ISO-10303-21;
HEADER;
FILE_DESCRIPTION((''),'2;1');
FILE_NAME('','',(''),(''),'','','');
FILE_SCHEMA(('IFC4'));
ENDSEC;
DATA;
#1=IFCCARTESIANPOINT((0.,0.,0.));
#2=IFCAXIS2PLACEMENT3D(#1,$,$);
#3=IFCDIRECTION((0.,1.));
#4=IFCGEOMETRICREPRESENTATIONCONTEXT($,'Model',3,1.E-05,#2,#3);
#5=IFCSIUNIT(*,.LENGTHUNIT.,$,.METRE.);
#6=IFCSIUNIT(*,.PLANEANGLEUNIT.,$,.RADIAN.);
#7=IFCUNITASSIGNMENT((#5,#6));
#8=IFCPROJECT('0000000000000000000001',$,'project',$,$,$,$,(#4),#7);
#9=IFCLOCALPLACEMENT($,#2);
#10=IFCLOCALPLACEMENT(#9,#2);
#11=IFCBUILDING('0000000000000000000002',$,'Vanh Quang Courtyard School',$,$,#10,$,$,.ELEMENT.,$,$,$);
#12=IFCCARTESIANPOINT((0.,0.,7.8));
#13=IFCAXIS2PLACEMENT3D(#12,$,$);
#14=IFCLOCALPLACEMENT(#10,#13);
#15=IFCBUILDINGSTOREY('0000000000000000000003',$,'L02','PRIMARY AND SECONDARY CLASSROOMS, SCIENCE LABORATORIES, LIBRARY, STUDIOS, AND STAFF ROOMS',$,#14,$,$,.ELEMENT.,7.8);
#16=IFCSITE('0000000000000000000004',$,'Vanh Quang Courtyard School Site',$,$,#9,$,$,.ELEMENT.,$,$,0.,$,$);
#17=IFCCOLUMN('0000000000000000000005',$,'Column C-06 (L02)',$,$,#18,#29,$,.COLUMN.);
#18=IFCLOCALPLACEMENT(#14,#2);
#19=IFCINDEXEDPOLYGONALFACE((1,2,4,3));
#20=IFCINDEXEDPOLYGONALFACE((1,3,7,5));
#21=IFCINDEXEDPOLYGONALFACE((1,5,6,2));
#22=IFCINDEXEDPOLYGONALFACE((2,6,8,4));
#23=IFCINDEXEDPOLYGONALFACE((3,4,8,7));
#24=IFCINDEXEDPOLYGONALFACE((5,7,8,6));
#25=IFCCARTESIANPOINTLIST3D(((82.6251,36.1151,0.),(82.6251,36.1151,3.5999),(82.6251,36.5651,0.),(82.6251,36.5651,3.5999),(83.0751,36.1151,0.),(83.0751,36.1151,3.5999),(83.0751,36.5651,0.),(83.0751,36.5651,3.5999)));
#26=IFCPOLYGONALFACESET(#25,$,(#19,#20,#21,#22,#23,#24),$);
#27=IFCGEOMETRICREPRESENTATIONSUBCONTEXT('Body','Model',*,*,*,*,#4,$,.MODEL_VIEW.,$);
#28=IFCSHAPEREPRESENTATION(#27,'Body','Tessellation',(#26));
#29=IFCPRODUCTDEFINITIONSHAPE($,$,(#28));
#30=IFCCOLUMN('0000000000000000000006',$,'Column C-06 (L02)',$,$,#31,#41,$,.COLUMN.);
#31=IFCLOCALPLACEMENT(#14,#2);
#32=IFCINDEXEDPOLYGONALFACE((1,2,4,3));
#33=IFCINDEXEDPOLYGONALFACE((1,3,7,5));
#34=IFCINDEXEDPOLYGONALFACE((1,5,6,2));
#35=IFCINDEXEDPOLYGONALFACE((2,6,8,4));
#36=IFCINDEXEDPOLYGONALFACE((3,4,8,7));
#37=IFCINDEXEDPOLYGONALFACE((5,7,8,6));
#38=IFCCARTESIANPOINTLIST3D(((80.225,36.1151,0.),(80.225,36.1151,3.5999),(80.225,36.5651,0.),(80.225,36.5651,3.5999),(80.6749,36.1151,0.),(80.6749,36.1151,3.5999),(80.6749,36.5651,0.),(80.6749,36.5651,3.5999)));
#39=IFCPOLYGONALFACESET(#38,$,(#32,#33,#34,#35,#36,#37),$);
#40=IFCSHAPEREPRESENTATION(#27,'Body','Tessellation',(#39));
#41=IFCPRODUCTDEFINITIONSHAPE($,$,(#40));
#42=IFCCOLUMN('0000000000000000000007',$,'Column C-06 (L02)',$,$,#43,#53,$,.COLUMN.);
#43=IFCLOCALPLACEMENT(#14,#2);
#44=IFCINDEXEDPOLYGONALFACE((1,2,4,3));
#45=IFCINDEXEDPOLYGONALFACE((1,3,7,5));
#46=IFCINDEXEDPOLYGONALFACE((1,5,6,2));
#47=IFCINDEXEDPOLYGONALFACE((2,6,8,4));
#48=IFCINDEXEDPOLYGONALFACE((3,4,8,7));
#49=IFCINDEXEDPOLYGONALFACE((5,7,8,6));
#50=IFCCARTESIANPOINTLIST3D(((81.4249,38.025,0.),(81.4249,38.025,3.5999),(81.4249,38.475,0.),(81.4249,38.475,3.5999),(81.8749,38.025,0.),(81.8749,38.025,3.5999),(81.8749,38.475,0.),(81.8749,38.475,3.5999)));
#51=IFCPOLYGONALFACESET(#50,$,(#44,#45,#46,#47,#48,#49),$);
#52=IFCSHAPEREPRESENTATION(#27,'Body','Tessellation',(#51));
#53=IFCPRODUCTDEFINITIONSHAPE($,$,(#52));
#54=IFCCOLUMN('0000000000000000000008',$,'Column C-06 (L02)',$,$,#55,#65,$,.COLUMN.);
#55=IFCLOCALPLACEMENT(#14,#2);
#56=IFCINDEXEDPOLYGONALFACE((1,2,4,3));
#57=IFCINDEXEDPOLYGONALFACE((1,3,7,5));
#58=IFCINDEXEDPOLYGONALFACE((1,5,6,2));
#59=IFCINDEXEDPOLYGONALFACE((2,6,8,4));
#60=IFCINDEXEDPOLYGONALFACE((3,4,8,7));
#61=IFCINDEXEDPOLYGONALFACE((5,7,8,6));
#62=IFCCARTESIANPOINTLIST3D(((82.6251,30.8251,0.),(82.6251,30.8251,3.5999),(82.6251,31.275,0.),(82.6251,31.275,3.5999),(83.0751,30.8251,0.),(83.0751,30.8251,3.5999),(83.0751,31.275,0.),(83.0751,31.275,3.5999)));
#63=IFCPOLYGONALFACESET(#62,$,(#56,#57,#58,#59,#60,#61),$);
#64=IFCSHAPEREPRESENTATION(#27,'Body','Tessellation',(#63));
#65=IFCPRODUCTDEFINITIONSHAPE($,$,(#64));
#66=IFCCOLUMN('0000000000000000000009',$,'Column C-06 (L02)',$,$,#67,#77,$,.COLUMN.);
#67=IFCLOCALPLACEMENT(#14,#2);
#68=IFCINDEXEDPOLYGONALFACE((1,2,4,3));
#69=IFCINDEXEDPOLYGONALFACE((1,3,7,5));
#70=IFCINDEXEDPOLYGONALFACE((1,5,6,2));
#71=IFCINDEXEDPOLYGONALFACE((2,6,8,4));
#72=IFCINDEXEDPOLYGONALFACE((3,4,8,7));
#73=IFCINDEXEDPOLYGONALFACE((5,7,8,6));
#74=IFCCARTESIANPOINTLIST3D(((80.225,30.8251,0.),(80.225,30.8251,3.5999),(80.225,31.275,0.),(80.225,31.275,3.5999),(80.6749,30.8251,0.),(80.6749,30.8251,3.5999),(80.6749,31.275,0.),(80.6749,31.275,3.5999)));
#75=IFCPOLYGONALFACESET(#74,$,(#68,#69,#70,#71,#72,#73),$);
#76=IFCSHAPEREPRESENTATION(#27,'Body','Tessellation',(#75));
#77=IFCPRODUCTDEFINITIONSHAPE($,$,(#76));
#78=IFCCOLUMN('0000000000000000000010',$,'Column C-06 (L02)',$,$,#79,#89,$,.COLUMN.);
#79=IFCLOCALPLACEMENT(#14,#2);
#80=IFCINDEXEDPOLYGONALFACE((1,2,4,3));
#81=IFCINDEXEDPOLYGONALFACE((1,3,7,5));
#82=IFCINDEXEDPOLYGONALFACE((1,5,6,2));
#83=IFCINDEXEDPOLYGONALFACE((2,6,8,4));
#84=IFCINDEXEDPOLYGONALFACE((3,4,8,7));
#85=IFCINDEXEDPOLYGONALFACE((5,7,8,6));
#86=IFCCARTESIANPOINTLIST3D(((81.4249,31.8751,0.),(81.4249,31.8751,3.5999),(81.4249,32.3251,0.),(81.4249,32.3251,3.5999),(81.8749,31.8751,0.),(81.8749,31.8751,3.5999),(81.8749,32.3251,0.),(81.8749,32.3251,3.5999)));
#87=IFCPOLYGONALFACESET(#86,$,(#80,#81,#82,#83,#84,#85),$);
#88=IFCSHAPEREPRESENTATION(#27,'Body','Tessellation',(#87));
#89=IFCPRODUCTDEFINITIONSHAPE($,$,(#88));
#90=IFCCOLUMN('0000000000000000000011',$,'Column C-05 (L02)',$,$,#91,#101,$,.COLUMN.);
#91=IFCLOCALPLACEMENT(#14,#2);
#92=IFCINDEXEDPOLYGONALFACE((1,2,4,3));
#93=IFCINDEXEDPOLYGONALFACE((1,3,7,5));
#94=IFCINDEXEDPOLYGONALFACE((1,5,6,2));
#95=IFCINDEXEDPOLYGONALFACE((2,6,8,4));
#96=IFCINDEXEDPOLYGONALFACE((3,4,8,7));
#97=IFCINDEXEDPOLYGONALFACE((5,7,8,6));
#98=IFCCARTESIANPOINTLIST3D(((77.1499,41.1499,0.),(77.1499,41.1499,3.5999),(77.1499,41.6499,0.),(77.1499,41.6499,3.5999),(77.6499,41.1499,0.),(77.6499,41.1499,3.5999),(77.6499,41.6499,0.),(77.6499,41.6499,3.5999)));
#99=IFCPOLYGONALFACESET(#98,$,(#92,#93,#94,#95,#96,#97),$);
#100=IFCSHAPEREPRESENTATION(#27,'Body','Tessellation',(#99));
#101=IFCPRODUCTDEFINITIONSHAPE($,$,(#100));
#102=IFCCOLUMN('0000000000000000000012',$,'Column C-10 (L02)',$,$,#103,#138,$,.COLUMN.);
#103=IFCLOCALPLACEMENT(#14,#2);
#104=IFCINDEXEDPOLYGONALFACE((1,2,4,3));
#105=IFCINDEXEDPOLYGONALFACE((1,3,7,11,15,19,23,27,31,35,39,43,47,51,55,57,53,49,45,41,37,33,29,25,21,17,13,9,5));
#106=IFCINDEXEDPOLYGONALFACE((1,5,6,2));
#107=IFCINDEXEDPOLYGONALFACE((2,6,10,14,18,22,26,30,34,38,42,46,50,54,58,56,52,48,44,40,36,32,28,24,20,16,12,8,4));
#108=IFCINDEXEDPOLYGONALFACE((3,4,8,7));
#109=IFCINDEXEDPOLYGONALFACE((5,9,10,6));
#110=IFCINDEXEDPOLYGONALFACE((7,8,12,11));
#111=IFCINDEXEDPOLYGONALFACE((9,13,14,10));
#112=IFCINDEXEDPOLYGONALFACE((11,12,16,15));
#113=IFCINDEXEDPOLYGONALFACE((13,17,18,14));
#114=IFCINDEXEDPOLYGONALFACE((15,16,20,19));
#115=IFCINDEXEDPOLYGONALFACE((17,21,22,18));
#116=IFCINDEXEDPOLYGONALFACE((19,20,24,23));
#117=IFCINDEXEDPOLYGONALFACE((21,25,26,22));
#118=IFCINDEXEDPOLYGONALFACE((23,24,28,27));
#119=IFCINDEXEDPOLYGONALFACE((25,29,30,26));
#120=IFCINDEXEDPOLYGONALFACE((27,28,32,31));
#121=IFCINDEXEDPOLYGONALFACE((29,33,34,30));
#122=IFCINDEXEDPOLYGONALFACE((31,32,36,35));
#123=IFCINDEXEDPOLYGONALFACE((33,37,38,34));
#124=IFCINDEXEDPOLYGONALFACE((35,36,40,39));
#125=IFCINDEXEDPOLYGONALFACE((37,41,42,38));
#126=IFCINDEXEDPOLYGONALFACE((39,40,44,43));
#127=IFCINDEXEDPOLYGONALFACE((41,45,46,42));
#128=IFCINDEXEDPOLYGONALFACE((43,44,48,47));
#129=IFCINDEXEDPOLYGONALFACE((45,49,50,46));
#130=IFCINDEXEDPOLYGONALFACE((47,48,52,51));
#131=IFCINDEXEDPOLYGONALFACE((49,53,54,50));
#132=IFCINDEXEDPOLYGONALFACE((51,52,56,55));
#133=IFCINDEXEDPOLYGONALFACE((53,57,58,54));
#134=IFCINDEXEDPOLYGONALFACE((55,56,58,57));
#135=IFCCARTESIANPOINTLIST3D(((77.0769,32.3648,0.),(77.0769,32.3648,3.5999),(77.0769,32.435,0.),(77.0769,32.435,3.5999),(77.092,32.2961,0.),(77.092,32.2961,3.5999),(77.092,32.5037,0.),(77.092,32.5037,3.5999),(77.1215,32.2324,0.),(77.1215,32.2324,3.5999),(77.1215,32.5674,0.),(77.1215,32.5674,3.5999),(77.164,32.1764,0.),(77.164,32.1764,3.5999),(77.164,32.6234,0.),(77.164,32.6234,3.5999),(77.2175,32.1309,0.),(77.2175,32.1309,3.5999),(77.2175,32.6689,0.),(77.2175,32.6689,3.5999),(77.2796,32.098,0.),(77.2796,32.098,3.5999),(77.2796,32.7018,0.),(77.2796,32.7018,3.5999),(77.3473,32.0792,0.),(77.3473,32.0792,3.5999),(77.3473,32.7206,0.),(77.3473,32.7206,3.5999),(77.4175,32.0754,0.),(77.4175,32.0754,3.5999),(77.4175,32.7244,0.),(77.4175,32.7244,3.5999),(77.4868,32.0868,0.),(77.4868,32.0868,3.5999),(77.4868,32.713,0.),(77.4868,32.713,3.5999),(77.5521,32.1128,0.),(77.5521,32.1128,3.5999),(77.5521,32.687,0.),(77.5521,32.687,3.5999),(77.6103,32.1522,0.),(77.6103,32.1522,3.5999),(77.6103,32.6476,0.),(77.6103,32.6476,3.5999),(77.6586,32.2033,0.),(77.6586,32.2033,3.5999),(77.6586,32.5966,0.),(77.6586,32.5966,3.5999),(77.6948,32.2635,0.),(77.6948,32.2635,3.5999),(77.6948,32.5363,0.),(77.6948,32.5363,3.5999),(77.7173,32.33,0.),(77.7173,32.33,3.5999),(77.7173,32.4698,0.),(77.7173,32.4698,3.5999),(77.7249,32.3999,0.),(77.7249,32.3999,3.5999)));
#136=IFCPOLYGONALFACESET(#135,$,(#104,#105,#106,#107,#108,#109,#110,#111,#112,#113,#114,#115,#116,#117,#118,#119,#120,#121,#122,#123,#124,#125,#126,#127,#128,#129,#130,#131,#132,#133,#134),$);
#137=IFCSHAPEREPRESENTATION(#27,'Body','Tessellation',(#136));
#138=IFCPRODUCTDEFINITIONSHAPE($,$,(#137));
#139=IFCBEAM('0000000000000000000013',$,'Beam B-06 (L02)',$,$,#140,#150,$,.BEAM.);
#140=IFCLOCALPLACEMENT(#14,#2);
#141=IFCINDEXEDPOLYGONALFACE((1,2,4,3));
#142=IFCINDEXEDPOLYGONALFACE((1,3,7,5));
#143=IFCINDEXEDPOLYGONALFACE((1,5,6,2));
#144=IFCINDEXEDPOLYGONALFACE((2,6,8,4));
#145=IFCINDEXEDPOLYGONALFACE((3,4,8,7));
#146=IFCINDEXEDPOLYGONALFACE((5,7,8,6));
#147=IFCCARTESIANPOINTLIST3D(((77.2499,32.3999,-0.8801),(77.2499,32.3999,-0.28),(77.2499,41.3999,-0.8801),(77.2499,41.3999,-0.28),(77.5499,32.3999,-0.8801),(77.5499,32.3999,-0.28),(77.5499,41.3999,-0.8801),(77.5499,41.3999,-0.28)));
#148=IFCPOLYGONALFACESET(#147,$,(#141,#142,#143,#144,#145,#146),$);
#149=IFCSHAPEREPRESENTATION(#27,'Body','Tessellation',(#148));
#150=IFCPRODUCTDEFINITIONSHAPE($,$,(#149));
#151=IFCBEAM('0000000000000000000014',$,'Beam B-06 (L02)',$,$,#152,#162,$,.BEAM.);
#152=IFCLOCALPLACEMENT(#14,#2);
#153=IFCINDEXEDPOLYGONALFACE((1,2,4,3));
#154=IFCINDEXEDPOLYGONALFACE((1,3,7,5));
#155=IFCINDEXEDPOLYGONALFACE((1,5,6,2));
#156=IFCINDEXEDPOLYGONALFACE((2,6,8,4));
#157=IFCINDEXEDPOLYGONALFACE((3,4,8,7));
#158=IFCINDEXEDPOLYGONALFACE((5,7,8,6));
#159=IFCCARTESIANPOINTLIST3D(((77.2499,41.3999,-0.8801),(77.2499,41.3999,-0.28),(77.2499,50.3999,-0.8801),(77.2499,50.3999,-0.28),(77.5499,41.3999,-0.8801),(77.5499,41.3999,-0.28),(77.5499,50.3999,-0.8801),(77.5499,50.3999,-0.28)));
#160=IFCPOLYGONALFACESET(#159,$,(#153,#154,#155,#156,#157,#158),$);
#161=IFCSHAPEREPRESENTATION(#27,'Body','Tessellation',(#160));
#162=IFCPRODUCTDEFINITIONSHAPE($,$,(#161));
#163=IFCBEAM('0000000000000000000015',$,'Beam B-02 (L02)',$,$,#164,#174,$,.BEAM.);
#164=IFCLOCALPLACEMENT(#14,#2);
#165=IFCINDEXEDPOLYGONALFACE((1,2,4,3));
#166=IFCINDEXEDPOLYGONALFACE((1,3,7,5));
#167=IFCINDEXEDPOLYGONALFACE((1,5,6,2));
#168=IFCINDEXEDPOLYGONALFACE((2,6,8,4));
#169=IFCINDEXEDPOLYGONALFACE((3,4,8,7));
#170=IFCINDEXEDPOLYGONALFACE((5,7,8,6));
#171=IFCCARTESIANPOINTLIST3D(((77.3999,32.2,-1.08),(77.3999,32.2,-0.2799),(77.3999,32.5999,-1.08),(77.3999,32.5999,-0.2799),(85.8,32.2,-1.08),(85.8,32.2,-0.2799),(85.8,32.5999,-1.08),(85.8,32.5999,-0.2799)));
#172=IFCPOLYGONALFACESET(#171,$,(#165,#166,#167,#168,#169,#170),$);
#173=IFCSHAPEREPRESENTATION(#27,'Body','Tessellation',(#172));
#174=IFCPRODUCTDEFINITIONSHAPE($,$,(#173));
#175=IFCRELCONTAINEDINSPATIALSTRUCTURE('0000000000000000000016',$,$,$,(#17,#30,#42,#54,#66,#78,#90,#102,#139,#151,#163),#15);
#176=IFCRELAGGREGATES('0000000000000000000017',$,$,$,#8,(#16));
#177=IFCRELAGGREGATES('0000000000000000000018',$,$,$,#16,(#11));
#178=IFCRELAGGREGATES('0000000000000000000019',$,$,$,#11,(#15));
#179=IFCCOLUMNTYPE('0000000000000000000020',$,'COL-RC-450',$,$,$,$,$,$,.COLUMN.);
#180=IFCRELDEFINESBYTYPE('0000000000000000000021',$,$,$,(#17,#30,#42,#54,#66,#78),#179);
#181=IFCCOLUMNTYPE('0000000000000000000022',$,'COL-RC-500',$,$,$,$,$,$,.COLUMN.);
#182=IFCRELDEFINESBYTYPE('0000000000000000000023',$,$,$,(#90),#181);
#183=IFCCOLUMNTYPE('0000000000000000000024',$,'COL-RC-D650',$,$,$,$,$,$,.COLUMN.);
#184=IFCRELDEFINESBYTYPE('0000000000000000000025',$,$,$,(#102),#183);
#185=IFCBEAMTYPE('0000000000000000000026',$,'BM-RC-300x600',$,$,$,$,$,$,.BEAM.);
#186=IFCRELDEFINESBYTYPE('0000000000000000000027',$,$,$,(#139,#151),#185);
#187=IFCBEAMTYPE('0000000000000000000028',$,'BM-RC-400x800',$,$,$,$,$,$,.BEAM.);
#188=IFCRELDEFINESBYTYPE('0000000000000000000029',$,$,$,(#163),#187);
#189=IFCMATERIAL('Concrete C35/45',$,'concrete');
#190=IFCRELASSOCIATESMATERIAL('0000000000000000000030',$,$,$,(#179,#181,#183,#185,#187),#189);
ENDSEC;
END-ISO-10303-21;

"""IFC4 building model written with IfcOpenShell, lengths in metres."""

from ifc_helpers import new_model, si_unit, direction, frame, origin, origin_2d, place, context, subcontext, project, spatial, rectangle, circle, extrude, material, material_profile, profile_set, type_object, element, save


model = new_model("IFC4")

# Units and contexts
model_context = context("Model", 3, precision=1e-05, world=origin(), true_north=direction((0.0, 1.0)))
body_context = subcontext(model_context, "Body", "Model", "MODEL_VIEW")
ifc_project = project(units=[si_unit("LENGTHUNIT", "METRE"), si_unit("PLANEANGLEUNIT", "RADIAN")], contexts=[model_context])

# Site, building, storey
site_placement = place(None, origin())
site = spatial("IfcSite", under=ifc_project, at=site_placement, Name="Vanh Quang Courtyard School Site", CompositionType="ELEMENT", RefElevation=0.0)
building_placement = place(site_placement, origin())
building = spatial("IfcBuilding", under=site, at=building_placement, Name="Vanh Quang Courtyard School", CompositionType="ELEMENT")
storey_placement = place(building_placement, frame((0.0, 0.0, 7.8)))
storey = spatial("IfcBuildingStorey", under=building, at=storey_placement, Name="L02", Description="PRIMARY AND SECONDARY CLASSROOMS, SCIENCE LABORATORIES, LIBRARY, STUDIOS, AND STAFF ROOMS", CompositionType="ELEMENT", Elevation=7.8)

# Columns
ifc_material_1 = material(Name="Concrete C35/45", Category="concrete")
ifc_material_profile_1 = material_profile(ifc_material_1, rectangle(XDim=0.45, YDim=0.45, at=origin_2d()), Name="RC-COL 450x450")
ifc_profile_set_1 = profile_set([ifc_material_profile_1], Name="Concrete C35/45")
column_type_1 = type_object("IfcColumnType", Name="COL-RC-450", PredefinedType="COLUMN", material=ifc_profile_set_1)
for number, where, z_axis, x_axis, name in (
    (1, (82.8501, 36.3401, 0.0), (0.0, 0.0, 1.0), (1.0, 0.0, 0.0), "Column C-06 (L02)"),
    (2, (80.45, 36.3401, 0.0), (0.0, 0.0, 1.0), (1.0, 0.0, 0.0), "Column C-06 (L02)"),
    (3, (81.6499, 38.25, 0.0), (0.0, 0.0, 1.0), (1.0, 0.0, 0.0), "Column C-06 (L02)"),
    (4, (82.8501, 31.05, 0.0), (0.0, 0.0, 1.0), (1.0, 0.0, 0.0), "Column C-06 (L02)"),
    (5, (80.45, 31.05, 0.0), (0.0, 0.0, 1.0), (1.0, 0.0, 0.0), "Column C-06 (L02)"),
    (6, (81.6499, 32.1001, 0.0), (0.0, 0.0, 1.0), (1.0, 0.0, 0.0), "Column C-06 (L02)"),
):
    element("IfcColumn", number, at=place(storey_placement, frame(where, z_axis=z_axis, x_axis=x_axis)), inside=storey, type_object=column_type_1, Name=name, PredefinedType="COLUMN", context=body_context, shape_type="SweptSolid", body=[
        extrude(rectangle(XDim=0.45, YDim=0.45, at=origin_2d()), origin(), (0.0, 0.0, 1.0), 3.5999),
    ])
ifc_material_profile_2 = material_profile(ifc_material_1, rectangle(XDim=0.5, YDim=0.5, at=origin_2d()), Name="RC-COL 500x500")
ifc_profile_set_2 = profile_set([ifc_material_profile_2], Name="Concrete C35/45")
column_type_2 = type_object("IfcColumnType", Name="COL-RC-500", PredefinedType="COLUMN", material=ifc_profile_set_2)
column_1_placement = place(storey_placement, frame((77.3999, 41.3999, 0.0), z_axis=(0.0, 0.0, 1.0), x_axis=(1.0, 0.0, 0.0)))
element("IfcColumn", 7, at=column_1_placement, inside=storey, type_object=column_type_2, Name="Column C-05 (L02)", PredefinedType="COLUMN", context=body_context, shape_type="SweptSolid", body=[
    extrude(rectangle(XDim=0.5, YDim=0.5, at=origin_2d()), origin(), (0.0, 0.0, 1.0), 3.5999),
])
ifc_material_profile_3 = material_profile(ifc_material_1, circle(Radius=0.325, at=origin_2d()), Name="RC-COL D650")
ifc_profile_set_3 = profile_set([ifc_material_profile_3], Name="Concrete C35/45")
column_type_3 = type_object("IfcColumnType", Name="COL-RC-D650", PredefinedType="COLUMN", material=ifc_profile_set_3)
column_2_placement = place(storey_placement, frame((77.3999, 32.3999, 0.0), z_axis=(0.0, 0.0, 1.0), x_axis=(1.0, 0.0, 0.0)))
element("IfcColumn", 8, at=column_2_placement, inside=storey, type_object=column_type_3, Name="Column C-10 (L02)", PredefinedType="COLUMN", context=body_context, shape_type="SweptSolid", body=[
    extrude(circle(Radius=0.325, at=origin_2d()), origin(), (0.0, 0.0, 1.0), 3.5999),
])

# Beams
ifc_material_profile_4 = material_profile(ifc_material_1, rectangle(XDim=0.3, YDim=0.6001, at=origin_2d()), Name="RC-BM 300x600")
ifc_profile_set_4 = profile_set([ifc_material_profile_4], Name="Concrete C35/45")
beam_type_1 = type_object("IfcBeamType", Name="BM-RC-300x600", PredefinedType="BEAM", material=ifc_profile_set_4)
for number, where, z_axis, x_axis, name in (
    (9, (77.3999, 32.3999, -0.5801), (0.0, 1.0, 0.0), (-1.0, 0.0, 0.0), "Beam B-06 (L02)"),
    (10, (77.3999, 41.3999, -0.5801), (0.0, 1.0, 0.0), (-1.0, 0.0, 0.0), "Beam B-06 (L02)"),
):
    element("IfcBeam", number, at=place(storey_placement, frame(where, z_axis=z_axis, x_axis=x_axis)), inside=storey, type_object=beam_type_1, Name=name, PredefinedType="BEAM", context=body_context, shape_type="SweptSolid", body=[
        extrude(rectangle(XDim=0.3, YDim=0.6001, at=origin_2d()), origin(), (0.0, 0.0, 1.0), 9.0),
    ])
ifc_material_profile_5 = material_profile(ifc_material_1, rectangle(XDim=0.3999, YDim=0.8, at=origin_2d()), Name="RC-BM 400x800")
ifc_profile_set_5 = profile_set([ifc_material_profile_5], Name="Concrete C35/45")
beam_type_2 = type_object("IfcBeamType", Name="BM-RC-400x800", PredefinedType="BEAM", material=ifc_profile_set_5)
beam_1_placement = place(storey_placement, frame((77.3999, 32.3999, -0.6799), z_axis=(1.0, 0.0, 0.0), x_axis=(0.0, 1.0, 0.0)))
element("IfcBeam", 11, at=beam_1_placement, inside=storey, type_object=beam_type_2, Name="Beam B-02 (L02)", PredefinedType="BEAM", context=body_context, shape_type="SweptSolid", body=[
    extrude(rectangle(XDim=0.3999, YDim=0.8, at=origin_2d()), origin(), (0.0, 0.0, 1.0), 8.4001),
])

save(model, "model.ifc")
